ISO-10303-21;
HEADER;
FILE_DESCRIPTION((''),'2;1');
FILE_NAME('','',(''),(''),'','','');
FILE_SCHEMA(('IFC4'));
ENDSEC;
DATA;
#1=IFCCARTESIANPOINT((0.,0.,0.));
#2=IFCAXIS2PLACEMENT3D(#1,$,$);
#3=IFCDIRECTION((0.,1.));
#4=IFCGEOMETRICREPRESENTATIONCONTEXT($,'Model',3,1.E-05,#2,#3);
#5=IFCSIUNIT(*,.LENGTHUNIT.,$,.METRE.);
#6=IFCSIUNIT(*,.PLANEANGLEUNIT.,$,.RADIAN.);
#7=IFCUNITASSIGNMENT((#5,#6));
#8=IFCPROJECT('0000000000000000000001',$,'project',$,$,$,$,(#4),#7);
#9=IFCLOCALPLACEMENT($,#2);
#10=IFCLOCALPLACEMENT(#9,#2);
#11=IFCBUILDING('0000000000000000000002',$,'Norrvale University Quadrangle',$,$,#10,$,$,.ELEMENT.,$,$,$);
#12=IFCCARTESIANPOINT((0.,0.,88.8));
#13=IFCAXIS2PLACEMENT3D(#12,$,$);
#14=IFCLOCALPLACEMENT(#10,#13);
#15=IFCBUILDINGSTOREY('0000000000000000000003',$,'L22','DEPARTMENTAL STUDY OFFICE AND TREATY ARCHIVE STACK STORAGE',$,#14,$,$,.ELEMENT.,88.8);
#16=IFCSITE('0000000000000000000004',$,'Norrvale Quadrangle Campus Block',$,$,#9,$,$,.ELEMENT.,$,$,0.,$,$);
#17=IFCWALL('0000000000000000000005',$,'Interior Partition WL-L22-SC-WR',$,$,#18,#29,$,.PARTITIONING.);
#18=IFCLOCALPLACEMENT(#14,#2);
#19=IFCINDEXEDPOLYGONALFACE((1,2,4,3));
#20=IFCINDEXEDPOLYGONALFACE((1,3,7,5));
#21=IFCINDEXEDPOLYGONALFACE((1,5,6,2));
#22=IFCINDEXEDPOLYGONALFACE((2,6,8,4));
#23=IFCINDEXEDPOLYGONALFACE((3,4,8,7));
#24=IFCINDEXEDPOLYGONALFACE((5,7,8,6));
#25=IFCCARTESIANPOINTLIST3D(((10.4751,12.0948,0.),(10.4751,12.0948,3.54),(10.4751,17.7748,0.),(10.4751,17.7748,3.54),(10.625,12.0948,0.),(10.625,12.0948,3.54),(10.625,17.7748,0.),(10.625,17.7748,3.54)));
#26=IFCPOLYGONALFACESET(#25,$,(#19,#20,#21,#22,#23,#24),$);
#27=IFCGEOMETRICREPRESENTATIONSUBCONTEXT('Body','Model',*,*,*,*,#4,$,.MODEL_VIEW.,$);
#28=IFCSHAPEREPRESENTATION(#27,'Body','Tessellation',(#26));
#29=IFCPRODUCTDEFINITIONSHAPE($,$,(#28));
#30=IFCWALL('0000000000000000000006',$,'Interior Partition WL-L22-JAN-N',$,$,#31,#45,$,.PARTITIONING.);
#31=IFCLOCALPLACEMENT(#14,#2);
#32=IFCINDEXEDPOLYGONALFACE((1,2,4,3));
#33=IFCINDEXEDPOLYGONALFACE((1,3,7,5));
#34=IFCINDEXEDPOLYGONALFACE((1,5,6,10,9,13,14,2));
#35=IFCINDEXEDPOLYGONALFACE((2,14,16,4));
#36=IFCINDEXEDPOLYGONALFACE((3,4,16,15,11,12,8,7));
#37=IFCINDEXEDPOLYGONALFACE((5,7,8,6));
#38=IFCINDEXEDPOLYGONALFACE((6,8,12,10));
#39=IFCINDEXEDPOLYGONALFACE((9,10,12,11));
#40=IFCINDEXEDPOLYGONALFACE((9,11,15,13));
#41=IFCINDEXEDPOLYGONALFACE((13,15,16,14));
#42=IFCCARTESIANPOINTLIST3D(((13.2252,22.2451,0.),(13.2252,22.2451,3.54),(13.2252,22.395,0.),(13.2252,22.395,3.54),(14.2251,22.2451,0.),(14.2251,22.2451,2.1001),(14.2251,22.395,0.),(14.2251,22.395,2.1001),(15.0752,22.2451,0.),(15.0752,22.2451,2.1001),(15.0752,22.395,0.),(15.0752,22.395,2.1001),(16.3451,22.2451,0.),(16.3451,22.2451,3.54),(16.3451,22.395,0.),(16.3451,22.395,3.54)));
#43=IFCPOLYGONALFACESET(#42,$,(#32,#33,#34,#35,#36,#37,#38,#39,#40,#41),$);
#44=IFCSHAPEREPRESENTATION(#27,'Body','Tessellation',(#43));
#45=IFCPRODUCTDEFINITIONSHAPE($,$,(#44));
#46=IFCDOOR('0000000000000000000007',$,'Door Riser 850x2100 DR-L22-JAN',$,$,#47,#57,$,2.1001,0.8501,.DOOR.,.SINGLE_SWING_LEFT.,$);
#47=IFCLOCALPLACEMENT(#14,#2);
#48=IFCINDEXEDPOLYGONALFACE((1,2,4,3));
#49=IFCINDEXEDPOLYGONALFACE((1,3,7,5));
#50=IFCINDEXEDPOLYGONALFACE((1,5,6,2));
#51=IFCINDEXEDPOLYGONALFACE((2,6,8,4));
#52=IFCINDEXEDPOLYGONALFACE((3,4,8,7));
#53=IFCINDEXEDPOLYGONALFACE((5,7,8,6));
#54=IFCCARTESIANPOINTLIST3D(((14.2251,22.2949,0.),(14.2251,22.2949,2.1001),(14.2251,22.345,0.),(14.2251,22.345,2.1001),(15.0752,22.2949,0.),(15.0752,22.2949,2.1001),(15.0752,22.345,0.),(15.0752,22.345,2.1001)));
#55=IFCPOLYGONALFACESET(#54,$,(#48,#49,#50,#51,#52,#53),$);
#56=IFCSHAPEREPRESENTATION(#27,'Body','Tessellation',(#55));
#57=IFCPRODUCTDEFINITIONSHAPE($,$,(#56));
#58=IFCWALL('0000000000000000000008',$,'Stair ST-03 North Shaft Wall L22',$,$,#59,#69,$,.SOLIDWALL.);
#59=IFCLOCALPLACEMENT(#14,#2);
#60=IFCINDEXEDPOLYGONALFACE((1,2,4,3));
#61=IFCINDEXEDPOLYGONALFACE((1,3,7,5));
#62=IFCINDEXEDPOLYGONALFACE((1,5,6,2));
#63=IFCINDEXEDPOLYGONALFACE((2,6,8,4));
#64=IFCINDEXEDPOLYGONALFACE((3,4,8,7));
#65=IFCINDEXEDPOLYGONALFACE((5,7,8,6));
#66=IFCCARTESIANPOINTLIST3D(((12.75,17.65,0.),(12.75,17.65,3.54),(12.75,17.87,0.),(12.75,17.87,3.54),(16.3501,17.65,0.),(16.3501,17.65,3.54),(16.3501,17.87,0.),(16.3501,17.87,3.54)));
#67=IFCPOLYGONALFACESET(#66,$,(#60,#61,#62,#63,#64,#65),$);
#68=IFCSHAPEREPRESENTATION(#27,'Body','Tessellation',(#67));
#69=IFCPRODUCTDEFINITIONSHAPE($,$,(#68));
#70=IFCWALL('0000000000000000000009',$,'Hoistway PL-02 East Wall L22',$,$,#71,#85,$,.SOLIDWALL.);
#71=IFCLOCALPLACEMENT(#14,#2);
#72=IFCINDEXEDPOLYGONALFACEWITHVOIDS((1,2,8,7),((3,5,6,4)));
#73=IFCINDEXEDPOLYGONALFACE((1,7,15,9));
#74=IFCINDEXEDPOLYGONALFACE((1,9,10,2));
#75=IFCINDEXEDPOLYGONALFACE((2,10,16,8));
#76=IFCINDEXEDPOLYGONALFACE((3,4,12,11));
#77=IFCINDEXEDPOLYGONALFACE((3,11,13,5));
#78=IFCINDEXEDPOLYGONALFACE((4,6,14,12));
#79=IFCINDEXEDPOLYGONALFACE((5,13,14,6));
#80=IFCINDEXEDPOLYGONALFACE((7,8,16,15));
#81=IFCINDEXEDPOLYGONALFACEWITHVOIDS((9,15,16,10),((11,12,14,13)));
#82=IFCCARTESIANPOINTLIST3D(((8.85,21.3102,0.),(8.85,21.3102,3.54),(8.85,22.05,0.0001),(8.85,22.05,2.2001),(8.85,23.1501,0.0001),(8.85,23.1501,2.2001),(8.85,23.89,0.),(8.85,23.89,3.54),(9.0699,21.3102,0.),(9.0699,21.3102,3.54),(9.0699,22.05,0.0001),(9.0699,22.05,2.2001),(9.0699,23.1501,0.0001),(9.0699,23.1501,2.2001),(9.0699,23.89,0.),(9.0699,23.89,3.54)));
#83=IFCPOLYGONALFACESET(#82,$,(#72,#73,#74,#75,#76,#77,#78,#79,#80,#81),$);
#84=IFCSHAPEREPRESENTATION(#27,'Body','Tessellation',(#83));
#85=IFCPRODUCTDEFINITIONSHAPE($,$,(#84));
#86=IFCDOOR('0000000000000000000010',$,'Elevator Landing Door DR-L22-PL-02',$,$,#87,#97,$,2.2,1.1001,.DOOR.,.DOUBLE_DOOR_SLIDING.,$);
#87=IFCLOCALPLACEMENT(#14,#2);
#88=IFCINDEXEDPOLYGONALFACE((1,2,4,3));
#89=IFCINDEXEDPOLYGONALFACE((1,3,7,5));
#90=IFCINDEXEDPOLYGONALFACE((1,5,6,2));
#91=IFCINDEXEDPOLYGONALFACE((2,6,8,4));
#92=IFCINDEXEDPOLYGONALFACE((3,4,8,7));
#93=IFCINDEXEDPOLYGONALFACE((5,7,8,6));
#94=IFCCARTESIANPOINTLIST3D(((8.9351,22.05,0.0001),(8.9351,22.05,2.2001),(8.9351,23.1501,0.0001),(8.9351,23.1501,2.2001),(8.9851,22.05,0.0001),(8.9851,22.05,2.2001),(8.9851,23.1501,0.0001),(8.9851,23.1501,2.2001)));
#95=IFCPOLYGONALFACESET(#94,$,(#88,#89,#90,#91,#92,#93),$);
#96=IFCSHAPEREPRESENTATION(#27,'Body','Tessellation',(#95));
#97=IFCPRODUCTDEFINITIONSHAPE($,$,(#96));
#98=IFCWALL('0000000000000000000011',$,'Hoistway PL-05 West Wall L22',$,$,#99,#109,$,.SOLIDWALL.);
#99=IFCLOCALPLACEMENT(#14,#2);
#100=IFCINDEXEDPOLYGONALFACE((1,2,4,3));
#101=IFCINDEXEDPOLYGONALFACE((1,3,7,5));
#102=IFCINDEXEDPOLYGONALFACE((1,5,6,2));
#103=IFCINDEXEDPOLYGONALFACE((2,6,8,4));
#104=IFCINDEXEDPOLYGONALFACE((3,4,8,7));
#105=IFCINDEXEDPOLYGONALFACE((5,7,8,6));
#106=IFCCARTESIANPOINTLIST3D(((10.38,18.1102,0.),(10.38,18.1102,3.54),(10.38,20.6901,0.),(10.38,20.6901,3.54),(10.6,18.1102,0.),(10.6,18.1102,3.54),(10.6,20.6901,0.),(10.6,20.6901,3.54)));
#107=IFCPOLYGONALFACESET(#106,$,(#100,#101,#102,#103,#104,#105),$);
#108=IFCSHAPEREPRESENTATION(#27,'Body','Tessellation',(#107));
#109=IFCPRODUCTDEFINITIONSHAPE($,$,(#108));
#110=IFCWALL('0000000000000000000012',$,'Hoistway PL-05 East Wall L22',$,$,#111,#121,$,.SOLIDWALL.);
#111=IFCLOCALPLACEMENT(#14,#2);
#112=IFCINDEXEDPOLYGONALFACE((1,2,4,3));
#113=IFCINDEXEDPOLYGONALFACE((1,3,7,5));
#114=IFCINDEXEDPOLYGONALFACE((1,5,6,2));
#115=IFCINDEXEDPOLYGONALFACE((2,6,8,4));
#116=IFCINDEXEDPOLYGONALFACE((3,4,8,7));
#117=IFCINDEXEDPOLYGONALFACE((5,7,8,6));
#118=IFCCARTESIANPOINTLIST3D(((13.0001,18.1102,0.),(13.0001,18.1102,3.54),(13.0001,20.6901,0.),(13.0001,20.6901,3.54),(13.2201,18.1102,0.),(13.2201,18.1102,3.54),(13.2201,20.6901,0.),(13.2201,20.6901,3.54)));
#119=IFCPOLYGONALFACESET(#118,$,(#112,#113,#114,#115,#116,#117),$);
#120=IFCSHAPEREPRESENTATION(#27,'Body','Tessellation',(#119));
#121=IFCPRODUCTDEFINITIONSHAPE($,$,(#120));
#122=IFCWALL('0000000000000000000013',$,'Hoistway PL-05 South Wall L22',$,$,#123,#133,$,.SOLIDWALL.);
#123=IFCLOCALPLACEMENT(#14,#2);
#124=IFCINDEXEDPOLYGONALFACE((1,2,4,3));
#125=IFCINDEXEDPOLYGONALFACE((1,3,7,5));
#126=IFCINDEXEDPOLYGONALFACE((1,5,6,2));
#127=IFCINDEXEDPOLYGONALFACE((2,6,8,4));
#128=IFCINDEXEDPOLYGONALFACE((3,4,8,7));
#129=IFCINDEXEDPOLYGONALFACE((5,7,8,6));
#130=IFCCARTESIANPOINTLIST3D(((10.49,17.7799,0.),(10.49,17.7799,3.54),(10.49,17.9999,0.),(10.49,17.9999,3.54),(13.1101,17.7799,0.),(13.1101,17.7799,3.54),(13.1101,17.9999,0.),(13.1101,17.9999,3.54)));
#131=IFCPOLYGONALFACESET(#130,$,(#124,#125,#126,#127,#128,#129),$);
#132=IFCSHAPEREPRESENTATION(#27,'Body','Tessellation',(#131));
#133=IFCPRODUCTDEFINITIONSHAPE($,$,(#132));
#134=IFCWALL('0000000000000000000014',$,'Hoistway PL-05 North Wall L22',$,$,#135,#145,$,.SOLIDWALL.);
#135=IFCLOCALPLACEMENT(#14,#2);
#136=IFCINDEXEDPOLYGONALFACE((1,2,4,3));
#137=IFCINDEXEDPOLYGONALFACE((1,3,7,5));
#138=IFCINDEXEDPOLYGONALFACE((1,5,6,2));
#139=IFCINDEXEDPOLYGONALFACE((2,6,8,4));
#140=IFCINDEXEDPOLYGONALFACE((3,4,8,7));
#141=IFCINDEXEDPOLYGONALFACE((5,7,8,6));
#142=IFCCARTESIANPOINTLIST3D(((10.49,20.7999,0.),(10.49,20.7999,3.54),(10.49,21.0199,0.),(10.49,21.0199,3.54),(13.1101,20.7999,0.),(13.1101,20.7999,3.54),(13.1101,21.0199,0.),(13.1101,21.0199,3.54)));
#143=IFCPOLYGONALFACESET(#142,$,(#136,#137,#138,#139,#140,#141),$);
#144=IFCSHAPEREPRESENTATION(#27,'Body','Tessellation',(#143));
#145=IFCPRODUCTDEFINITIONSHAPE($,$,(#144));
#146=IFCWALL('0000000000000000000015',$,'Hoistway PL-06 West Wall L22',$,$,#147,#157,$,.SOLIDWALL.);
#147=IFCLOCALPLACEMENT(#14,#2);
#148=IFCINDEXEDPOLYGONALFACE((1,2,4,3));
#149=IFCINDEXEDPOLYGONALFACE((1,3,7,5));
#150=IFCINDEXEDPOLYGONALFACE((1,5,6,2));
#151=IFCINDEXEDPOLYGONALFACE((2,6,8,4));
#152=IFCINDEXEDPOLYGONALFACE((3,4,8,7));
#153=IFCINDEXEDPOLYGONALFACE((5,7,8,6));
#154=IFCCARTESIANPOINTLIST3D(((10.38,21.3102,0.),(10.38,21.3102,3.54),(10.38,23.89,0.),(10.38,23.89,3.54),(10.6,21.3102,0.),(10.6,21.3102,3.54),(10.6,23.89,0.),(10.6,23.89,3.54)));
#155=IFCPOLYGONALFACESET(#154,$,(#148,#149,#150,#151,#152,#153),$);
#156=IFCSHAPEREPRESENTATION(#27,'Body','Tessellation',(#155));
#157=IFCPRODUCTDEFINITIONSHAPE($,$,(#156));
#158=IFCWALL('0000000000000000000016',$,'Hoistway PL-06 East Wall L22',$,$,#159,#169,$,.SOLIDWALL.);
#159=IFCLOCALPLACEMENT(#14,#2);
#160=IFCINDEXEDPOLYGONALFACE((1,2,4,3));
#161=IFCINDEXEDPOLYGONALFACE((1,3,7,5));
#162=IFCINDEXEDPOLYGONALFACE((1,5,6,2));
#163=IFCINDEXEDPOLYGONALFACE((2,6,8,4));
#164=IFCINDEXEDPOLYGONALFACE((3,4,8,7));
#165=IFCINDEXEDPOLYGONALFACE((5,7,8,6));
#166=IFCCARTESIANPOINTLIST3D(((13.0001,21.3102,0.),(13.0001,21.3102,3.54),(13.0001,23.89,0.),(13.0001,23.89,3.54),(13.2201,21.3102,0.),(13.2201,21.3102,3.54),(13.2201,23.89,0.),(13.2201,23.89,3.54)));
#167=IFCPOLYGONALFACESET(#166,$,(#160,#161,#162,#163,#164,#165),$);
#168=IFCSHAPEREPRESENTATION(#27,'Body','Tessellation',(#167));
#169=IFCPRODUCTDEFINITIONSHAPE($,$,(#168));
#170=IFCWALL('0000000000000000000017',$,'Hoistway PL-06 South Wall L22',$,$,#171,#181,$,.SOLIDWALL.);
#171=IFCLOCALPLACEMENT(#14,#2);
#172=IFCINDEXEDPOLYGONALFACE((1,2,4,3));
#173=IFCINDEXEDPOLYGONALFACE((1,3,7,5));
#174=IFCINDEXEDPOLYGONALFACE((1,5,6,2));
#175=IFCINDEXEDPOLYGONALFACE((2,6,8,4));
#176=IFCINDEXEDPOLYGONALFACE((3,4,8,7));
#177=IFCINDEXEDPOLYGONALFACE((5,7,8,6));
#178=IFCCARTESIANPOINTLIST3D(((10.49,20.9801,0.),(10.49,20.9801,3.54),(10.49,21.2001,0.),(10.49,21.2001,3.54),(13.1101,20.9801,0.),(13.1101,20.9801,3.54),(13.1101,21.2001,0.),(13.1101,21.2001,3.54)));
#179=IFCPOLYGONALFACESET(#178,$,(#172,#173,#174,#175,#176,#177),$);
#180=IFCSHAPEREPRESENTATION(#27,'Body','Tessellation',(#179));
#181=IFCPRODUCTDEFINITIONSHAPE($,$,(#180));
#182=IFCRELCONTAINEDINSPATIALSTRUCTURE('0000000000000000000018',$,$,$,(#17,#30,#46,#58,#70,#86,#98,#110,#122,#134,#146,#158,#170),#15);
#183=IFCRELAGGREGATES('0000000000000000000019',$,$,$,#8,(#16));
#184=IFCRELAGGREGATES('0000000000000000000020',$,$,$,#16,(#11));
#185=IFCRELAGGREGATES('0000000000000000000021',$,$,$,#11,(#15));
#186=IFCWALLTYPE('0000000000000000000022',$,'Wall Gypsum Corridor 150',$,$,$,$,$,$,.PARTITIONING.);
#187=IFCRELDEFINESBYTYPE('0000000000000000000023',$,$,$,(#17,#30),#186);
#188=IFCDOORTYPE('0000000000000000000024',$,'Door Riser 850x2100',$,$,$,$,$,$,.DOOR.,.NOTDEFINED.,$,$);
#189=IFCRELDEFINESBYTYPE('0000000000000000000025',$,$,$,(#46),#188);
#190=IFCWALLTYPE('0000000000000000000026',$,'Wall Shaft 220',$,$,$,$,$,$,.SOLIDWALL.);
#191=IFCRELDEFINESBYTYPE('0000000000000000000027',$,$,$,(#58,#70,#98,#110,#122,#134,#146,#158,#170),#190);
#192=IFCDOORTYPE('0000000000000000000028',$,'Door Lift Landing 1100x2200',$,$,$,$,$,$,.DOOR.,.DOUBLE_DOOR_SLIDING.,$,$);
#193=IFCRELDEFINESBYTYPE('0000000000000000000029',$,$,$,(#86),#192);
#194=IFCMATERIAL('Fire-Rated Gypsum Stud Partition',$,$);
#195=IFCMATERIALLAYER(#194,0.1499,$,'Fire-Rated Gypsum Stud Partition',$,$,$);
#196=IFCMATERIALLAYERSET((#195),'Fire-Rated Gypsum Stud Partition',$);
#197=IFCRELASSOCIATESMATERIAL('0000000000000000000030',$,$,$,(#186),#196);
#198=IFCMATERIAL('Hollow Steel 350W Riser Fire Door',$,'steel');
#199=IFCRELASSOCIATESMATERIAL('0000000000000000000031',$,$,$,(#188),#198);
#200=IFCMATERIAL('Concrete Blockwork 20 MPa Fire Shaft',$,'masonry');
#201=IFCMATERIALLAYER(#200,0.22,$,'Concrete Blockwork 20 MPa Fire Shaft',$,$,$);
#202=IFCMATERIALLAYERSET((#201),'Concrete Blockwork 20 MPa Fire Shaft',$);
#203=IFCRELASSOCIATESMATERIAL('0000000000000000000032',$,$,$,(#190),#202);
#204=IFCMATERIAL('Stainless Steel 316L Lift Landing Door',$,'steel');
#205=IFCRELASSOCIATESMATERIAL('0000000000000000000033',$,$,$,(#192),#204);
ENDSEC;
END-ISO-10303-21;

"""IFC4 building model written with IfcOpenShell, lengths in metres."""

from ifc_helpers import new_model, si_unit, direction, frame, frame_2d, origin, place, context, subcontext, project, spatial, rectangle, extrude, material, layer, layer_set, type_object, element, fill, save


model = new_model("IFC4")

# Units and contexts
model_context = context("Model", 3, precision=1e-05, world=origin(), true_north=direction((0.0, 1.0)))
body_context = subcontext(model_context, "Body", "Model", "MODEL_VIEW")
ifc_project = project(units=[si_unit("LENGTHUNIT", "METRE"), si_unit("PLANEANGLEUNIT", "RADIAN")], contexts=[model_context])

# Site, building, storey
site_placement = place(None, origin())
site = spatial("IfcSite", under=ifc_project, at=site_placement, Name="Norrvale Quadrangle Campus Block", CompositionType="ELEMENT", RefElevation=0.0)
building_placement = place(site_placement, origin())
building = spatial("IfcBuilding", under=site, at=building_placement, Name="Norrvale University Quadrangle", CompositionType="ELEMENT")
storey_placement = place(building_placement, frame((0.0, 0.0, 88.8)))
storey = spatial("IfcBuildingStorey", under=building, at=storey_placement, Name="L22", Description="DEPARTMENTAL STUDY OFFICE AND TREATY ARCHIVE STACK STORAGE", CompositionType="ELEMENT", Elevation=88.8)

# Shared definitions
ifc_material_1 = material(Name="Fire-Rated Gypsum Stud Partition")
ifc_layer_1 = layer(ifc_material_1, 0.1499, Name="Fire-Rated Gypsum Stud Partition")
ifc_layer_set_1 = layer_set([ifc_layer_1], Name="Fire-Rated Gypsum Stud Partition")
wall_type_1 = type_object("IfcWallType", Name="Wall Gypsum Corridor 150", PredefinedType="PARTITIONING", material=ifc_layer_set_1)
ifc_material_2 = material(Name="Hollow Steel 350W Riser Fire Door", Category="steel")
door_type_1 = type_object("IfcDoorType", Name="Door Riser 850x2100", OperationType="NOTDEFINED", PredefinedType="DOOR", material=ifc_material_2)

# Wall
wall_1_placement = place(storey_placement, frame((10.55, 12.095, 0.0), z_axis=(0.0, 0.0, 1.0), x_axis=(0.0, 1.0, 0.0)))
element("IfcWall", 1, at=wall_1_placement, inside=storey, type_object=wall_type_1, Name="Interior Partition WL-L22-SC-WR", PredefinedType="PARTITIONING", context=body_context, shape_type="SweptSolid", body=[
    extrude(rectangle(XDim=5.6799, YDim=0.1499, at=frame_2d((2.8398, 0.0))), origin(), (0.0, 0.0, 1.0), 3.54),
])

# Wall, opening, door
wall_2_placement = place(storey_placement, frame((13.2251, 22.3201, 0.0), z_axis=(0.0, 0.0, 1.0), x_axis=(1.0, 0.0, 0.0)))
wall_2 = element("IfcWall", 2, at=wall_2_placement, inside=storey, type_object=wall_type_1, Name="Interior Partition WL-L22-JAN-N", PredefinedType="PARTITIONING", context=body_context, shape_type="SweptSolid", body=[
    extrude(rectangle(XDim=3.1199, YDim=0.1499, at=frame_2d((1.5601, 0.0))), origin(), (0.0, 0.0, 1.0), 3.54),
])
opening_1_placement = place(wall_2_placement, frame((1.0, 0.0, 0.0)))
opening_1 = element("IfcOpeningElement", 3, at=opening_1_placement, cuts=wall_2, PredefinedType="OPENING", context=body_context, shape_type="SweptSolid", body=[
    extrude(rectangle(XDim=0.8501, YDim=2.1001, at=frame_2d((0.425, 1.05))), frame((0.0, 0.0869, 0.0), z_axis=(0.0, -1.0, 0.0), x_axis=(1.0, 0.0, 0.0)), (0.0, 0.0, 1.0), 0.1738),
])
door_1_placement = place(opening_1_placement, origin())
door_1 = element("IfcDoor", 4, at=door_1_placement, inside=storey, type_object=door_type_1, Name="Door Riser 850x2100 DR-L22-JAN", OperationType="SINGLE_SWING_LEFT", OverallHeight=2.1001, OverallWidth=0.8501, PredefinedType="DOOR", context=body_context, shape_type="SweptSolid", body=[
    extrude(rectangle(XDim=0.8501, YDim=2.1001, at=frame_2d((0.425, 1.05))), frame((0.0, 0.0249, 0.0), z_axis=(0.0, -1.0, 0.0), x_axis=(1.0, 0.0, 0.0)), (0.0, 0.0, 1.0), 0.05),
])
fill(opening_1, door_1)

# Wall
ifc_material_3 = material(Name="Concrete Blockwork 20 MPa Fire Shaft", Category="masonry")
ifc_layer_2 = layer(ifc_material_3, 0.22, Name="Concrete Blockwork 20 MPa Fire Shaft")
ifc_layer_set_2 = layer_set([ifc_layer_2], Name="Concrete Blockwork 20 MPa Fire Shaft")
wall_type_2 = type_object("IfcWallType", Name="Wall Shaft 220", PredefinedType="SOLIDWALL", material=ifc_layer_set_2)
wall_3_placement = place(storey_placement, frame((12.75, 17.76, 0.0), z_axis=(0.0, 0.0, 1.0), x_axis=(1.0, 0.0, 0.0)))
element("IfcWall", 5, at=wall_3_placement, inside=storey, type_object=wall_type_2, Name="Stair ST-03 North Shaft Wall L22", PredefinedType="SOLIDWALL", context=body_context, shape_type="SweptSolid", body=[
    extrude(rectangle(XDim=3.6001, YDim=0.22, at=frame_2d((1.8, 0.0))), origin(), (0.0, 0.0, 1.0), 3.54),
])

# Wall, opening, door
wall_4_placement = place(storey_placement, frame((8.96, 21.3101, 0.0), z_axis=(0.0, 0.0, 1.0), x_axis=(0.0, 1.0, 0.0)))
wall_4 = element("IfcWall", 6, at=wall_4_placement, inside=storey, type_object=wall_type_2, Name="Hoistway PL-02 East Wall L22", PredefinedType="SOLIDWALL", context=body_context, shape_type="SweptSolid", body=[
    extrude(rectangle(XDim=2.5798, YDim=0.22, at=frame_2d((1.29, 0.0))), origin(), (0.0, 0.0, 1.0), 3.54),
])
opening_2_placement = place(wall_4_placement, frame((0.74, 0.0, 0.0)))
opening_2 = element("IfcOpeningElement", 7, at=opening_2_placement, cuts=wall_4, PredefinedType="OPENING", context=body_context, shape_type="SweptSolid", body=[
    extrude(rectangle(XDim=1.1001, YDim=2.2, at=frame_2d((0.55, 1.1001))), frame((0.0, 0.1221, 0.0), z_axis=(0.0, -1.0, 0.0), x_axis=(1.0, 0.0, 0.0)), (0.0, 0.0, 1.0), 0.2439),
])
ifc_material_4 = material(Name="Stainless Steel 316L Lift Landing Door", Category="steel")
door_type_2 = type_object("IfcDoorType", Name="Door Lift Landing 1100x2200", OperationType="DOUBLE_DOOR_SLIDING", PredefinedType="DOOR", material=ifc_material_4)
door_2_placement = place(opening_2_placement, origin())
door_2 = element("IfcDoor", 8, at=door_2_placement, inside=storey, type_object=door_type_2, Name="Elevator Landing Door DR-L22-PL-02", OperationType="DOUBLE_DOOR_SLIDING", OverallHeight=2.2, OverallWidth=1.1001, PredefinedType="DOOR", context=body_context, shape_type="SweptSolid", body=[
    extrude(rectangle(XDim=1.1001, YDim=2.2, at=frame_2d((0.55, 1.1001))), frame((0.0, 0.0249, 0.0), z_axis=(0.0, -1.0, 0.0), x_axis=(1.0, 0.0, 0.0)), (0.0, 0.0, 1.0), 0.05),
])
fill(opening_2, door_2)

# Walls
for number, where, z_axis, x_axis, name in (
    (9, (10.49, 18.1101, 0.0), (0.0, 0.0, 1.0), (0.0, 1.0, 0.0), "Hoistway PL-05 West Wall L22"),
    (10, (13.1101, 18.1101, 0.0), (0.0, 0.0, 1.0), (0.0, 1.0, 0.0), "Hoistway PL-05 East Wall L22"),
):
    element("IfcWall", number, at=place(storey_placement, frame(where, z_axis=z_axis, x_axis=x_axis)), inside=storey, type_object=wall_type_2, Name=name, PredefinedType="SOLIDWALL", context=body_context, shape_type="SweptSolid", body=[
        extrude(rectangle(XDim=2.5798, YDim=0.22, at=frame_2d((1.29, 0.0))), origin(), (0.0, 0.0, 1.0), 3.54),
    ])
for number, where, z_axis, x_axis, name in (
    (11, (10.49, 17.8899, 0.0), (0.0, 0.0, 1.0), (1.0, 0.0, 0.0), "Hoistway PL-05 South Wall L22"),
    (12, (10.49, 20.9099, 0.0), (0.0, 0.0, 1.0), (1.0, 0.0, 0.0), "Hoistway PL-05 North Wall L22"),
):
    element("IfcWall", number, at=place(storey_placement, frame(where, z_axis=z_axis, x_axis=x_axis)), inside=storey, type_object=wall_type_2, Name=name, PredefinedType="SOLIDWALL", context=body_context, shape_type="SweptSolid", body=[
        extrude(rectangle(XDim=2.6201, YDim=0.22, at=frame_2d((1.3101, 0.0))), origin(), (0.0, 0.0, 1.0), 3.54),
    ])
for number, where, z_axis, x_axis, name in (
    (13, (10.49, 21.3101, 0.0), (0.0, 0.0, 1.0), (0.0, 1.0, 0.0), "Hoistway PL-06 West Wall L22"),
    (14, (13.1101, 21.3101, 0.0), (0.0, 0.0, 1.0), (0.0, 1.0, 0.0), "Hoistway PL-06 East Wall L22"),
):
    element("IfcWall", number, at=place(storey_placement, frame(where, z_axis=z_axis, x_axis=x_axis)), inside=storey, type_object=wall_type_2, Name=name, PredefinedType="SOLIDWALL", context=body_context, shape_type="SweptSolid", body=[
        extrude(rectangle(XDim=2.5798, YDim=0.22, at=frame_2d((1.29, 0.0))), origin(), (0.0, 0.0, 1.0), 3.54),
    ])
wall_5_placement = place(storey_placement, frame((10.49, 21.0901, 0.0), z_axis=(0.0, 0.0, 1.0), x_axis=(1.0, 0.0, 0.0)))
element("IfcWall", 15, at=wall_5_placement, inside=storey, type_object=wall_type_2, Name="Hoistway PL-06 South Wall L22", PredefinedType="SOLIDWALL", context=body_context, shape_type="SweptSolid", body=[
    extrude(rectangle(XDim=2.6201, YDim=0.22, at=frame_2d((1.3101, 0.0))), origin(), (0.0, 0.0, 1.0), 3.54),
])

save(model, "model.ifc")
